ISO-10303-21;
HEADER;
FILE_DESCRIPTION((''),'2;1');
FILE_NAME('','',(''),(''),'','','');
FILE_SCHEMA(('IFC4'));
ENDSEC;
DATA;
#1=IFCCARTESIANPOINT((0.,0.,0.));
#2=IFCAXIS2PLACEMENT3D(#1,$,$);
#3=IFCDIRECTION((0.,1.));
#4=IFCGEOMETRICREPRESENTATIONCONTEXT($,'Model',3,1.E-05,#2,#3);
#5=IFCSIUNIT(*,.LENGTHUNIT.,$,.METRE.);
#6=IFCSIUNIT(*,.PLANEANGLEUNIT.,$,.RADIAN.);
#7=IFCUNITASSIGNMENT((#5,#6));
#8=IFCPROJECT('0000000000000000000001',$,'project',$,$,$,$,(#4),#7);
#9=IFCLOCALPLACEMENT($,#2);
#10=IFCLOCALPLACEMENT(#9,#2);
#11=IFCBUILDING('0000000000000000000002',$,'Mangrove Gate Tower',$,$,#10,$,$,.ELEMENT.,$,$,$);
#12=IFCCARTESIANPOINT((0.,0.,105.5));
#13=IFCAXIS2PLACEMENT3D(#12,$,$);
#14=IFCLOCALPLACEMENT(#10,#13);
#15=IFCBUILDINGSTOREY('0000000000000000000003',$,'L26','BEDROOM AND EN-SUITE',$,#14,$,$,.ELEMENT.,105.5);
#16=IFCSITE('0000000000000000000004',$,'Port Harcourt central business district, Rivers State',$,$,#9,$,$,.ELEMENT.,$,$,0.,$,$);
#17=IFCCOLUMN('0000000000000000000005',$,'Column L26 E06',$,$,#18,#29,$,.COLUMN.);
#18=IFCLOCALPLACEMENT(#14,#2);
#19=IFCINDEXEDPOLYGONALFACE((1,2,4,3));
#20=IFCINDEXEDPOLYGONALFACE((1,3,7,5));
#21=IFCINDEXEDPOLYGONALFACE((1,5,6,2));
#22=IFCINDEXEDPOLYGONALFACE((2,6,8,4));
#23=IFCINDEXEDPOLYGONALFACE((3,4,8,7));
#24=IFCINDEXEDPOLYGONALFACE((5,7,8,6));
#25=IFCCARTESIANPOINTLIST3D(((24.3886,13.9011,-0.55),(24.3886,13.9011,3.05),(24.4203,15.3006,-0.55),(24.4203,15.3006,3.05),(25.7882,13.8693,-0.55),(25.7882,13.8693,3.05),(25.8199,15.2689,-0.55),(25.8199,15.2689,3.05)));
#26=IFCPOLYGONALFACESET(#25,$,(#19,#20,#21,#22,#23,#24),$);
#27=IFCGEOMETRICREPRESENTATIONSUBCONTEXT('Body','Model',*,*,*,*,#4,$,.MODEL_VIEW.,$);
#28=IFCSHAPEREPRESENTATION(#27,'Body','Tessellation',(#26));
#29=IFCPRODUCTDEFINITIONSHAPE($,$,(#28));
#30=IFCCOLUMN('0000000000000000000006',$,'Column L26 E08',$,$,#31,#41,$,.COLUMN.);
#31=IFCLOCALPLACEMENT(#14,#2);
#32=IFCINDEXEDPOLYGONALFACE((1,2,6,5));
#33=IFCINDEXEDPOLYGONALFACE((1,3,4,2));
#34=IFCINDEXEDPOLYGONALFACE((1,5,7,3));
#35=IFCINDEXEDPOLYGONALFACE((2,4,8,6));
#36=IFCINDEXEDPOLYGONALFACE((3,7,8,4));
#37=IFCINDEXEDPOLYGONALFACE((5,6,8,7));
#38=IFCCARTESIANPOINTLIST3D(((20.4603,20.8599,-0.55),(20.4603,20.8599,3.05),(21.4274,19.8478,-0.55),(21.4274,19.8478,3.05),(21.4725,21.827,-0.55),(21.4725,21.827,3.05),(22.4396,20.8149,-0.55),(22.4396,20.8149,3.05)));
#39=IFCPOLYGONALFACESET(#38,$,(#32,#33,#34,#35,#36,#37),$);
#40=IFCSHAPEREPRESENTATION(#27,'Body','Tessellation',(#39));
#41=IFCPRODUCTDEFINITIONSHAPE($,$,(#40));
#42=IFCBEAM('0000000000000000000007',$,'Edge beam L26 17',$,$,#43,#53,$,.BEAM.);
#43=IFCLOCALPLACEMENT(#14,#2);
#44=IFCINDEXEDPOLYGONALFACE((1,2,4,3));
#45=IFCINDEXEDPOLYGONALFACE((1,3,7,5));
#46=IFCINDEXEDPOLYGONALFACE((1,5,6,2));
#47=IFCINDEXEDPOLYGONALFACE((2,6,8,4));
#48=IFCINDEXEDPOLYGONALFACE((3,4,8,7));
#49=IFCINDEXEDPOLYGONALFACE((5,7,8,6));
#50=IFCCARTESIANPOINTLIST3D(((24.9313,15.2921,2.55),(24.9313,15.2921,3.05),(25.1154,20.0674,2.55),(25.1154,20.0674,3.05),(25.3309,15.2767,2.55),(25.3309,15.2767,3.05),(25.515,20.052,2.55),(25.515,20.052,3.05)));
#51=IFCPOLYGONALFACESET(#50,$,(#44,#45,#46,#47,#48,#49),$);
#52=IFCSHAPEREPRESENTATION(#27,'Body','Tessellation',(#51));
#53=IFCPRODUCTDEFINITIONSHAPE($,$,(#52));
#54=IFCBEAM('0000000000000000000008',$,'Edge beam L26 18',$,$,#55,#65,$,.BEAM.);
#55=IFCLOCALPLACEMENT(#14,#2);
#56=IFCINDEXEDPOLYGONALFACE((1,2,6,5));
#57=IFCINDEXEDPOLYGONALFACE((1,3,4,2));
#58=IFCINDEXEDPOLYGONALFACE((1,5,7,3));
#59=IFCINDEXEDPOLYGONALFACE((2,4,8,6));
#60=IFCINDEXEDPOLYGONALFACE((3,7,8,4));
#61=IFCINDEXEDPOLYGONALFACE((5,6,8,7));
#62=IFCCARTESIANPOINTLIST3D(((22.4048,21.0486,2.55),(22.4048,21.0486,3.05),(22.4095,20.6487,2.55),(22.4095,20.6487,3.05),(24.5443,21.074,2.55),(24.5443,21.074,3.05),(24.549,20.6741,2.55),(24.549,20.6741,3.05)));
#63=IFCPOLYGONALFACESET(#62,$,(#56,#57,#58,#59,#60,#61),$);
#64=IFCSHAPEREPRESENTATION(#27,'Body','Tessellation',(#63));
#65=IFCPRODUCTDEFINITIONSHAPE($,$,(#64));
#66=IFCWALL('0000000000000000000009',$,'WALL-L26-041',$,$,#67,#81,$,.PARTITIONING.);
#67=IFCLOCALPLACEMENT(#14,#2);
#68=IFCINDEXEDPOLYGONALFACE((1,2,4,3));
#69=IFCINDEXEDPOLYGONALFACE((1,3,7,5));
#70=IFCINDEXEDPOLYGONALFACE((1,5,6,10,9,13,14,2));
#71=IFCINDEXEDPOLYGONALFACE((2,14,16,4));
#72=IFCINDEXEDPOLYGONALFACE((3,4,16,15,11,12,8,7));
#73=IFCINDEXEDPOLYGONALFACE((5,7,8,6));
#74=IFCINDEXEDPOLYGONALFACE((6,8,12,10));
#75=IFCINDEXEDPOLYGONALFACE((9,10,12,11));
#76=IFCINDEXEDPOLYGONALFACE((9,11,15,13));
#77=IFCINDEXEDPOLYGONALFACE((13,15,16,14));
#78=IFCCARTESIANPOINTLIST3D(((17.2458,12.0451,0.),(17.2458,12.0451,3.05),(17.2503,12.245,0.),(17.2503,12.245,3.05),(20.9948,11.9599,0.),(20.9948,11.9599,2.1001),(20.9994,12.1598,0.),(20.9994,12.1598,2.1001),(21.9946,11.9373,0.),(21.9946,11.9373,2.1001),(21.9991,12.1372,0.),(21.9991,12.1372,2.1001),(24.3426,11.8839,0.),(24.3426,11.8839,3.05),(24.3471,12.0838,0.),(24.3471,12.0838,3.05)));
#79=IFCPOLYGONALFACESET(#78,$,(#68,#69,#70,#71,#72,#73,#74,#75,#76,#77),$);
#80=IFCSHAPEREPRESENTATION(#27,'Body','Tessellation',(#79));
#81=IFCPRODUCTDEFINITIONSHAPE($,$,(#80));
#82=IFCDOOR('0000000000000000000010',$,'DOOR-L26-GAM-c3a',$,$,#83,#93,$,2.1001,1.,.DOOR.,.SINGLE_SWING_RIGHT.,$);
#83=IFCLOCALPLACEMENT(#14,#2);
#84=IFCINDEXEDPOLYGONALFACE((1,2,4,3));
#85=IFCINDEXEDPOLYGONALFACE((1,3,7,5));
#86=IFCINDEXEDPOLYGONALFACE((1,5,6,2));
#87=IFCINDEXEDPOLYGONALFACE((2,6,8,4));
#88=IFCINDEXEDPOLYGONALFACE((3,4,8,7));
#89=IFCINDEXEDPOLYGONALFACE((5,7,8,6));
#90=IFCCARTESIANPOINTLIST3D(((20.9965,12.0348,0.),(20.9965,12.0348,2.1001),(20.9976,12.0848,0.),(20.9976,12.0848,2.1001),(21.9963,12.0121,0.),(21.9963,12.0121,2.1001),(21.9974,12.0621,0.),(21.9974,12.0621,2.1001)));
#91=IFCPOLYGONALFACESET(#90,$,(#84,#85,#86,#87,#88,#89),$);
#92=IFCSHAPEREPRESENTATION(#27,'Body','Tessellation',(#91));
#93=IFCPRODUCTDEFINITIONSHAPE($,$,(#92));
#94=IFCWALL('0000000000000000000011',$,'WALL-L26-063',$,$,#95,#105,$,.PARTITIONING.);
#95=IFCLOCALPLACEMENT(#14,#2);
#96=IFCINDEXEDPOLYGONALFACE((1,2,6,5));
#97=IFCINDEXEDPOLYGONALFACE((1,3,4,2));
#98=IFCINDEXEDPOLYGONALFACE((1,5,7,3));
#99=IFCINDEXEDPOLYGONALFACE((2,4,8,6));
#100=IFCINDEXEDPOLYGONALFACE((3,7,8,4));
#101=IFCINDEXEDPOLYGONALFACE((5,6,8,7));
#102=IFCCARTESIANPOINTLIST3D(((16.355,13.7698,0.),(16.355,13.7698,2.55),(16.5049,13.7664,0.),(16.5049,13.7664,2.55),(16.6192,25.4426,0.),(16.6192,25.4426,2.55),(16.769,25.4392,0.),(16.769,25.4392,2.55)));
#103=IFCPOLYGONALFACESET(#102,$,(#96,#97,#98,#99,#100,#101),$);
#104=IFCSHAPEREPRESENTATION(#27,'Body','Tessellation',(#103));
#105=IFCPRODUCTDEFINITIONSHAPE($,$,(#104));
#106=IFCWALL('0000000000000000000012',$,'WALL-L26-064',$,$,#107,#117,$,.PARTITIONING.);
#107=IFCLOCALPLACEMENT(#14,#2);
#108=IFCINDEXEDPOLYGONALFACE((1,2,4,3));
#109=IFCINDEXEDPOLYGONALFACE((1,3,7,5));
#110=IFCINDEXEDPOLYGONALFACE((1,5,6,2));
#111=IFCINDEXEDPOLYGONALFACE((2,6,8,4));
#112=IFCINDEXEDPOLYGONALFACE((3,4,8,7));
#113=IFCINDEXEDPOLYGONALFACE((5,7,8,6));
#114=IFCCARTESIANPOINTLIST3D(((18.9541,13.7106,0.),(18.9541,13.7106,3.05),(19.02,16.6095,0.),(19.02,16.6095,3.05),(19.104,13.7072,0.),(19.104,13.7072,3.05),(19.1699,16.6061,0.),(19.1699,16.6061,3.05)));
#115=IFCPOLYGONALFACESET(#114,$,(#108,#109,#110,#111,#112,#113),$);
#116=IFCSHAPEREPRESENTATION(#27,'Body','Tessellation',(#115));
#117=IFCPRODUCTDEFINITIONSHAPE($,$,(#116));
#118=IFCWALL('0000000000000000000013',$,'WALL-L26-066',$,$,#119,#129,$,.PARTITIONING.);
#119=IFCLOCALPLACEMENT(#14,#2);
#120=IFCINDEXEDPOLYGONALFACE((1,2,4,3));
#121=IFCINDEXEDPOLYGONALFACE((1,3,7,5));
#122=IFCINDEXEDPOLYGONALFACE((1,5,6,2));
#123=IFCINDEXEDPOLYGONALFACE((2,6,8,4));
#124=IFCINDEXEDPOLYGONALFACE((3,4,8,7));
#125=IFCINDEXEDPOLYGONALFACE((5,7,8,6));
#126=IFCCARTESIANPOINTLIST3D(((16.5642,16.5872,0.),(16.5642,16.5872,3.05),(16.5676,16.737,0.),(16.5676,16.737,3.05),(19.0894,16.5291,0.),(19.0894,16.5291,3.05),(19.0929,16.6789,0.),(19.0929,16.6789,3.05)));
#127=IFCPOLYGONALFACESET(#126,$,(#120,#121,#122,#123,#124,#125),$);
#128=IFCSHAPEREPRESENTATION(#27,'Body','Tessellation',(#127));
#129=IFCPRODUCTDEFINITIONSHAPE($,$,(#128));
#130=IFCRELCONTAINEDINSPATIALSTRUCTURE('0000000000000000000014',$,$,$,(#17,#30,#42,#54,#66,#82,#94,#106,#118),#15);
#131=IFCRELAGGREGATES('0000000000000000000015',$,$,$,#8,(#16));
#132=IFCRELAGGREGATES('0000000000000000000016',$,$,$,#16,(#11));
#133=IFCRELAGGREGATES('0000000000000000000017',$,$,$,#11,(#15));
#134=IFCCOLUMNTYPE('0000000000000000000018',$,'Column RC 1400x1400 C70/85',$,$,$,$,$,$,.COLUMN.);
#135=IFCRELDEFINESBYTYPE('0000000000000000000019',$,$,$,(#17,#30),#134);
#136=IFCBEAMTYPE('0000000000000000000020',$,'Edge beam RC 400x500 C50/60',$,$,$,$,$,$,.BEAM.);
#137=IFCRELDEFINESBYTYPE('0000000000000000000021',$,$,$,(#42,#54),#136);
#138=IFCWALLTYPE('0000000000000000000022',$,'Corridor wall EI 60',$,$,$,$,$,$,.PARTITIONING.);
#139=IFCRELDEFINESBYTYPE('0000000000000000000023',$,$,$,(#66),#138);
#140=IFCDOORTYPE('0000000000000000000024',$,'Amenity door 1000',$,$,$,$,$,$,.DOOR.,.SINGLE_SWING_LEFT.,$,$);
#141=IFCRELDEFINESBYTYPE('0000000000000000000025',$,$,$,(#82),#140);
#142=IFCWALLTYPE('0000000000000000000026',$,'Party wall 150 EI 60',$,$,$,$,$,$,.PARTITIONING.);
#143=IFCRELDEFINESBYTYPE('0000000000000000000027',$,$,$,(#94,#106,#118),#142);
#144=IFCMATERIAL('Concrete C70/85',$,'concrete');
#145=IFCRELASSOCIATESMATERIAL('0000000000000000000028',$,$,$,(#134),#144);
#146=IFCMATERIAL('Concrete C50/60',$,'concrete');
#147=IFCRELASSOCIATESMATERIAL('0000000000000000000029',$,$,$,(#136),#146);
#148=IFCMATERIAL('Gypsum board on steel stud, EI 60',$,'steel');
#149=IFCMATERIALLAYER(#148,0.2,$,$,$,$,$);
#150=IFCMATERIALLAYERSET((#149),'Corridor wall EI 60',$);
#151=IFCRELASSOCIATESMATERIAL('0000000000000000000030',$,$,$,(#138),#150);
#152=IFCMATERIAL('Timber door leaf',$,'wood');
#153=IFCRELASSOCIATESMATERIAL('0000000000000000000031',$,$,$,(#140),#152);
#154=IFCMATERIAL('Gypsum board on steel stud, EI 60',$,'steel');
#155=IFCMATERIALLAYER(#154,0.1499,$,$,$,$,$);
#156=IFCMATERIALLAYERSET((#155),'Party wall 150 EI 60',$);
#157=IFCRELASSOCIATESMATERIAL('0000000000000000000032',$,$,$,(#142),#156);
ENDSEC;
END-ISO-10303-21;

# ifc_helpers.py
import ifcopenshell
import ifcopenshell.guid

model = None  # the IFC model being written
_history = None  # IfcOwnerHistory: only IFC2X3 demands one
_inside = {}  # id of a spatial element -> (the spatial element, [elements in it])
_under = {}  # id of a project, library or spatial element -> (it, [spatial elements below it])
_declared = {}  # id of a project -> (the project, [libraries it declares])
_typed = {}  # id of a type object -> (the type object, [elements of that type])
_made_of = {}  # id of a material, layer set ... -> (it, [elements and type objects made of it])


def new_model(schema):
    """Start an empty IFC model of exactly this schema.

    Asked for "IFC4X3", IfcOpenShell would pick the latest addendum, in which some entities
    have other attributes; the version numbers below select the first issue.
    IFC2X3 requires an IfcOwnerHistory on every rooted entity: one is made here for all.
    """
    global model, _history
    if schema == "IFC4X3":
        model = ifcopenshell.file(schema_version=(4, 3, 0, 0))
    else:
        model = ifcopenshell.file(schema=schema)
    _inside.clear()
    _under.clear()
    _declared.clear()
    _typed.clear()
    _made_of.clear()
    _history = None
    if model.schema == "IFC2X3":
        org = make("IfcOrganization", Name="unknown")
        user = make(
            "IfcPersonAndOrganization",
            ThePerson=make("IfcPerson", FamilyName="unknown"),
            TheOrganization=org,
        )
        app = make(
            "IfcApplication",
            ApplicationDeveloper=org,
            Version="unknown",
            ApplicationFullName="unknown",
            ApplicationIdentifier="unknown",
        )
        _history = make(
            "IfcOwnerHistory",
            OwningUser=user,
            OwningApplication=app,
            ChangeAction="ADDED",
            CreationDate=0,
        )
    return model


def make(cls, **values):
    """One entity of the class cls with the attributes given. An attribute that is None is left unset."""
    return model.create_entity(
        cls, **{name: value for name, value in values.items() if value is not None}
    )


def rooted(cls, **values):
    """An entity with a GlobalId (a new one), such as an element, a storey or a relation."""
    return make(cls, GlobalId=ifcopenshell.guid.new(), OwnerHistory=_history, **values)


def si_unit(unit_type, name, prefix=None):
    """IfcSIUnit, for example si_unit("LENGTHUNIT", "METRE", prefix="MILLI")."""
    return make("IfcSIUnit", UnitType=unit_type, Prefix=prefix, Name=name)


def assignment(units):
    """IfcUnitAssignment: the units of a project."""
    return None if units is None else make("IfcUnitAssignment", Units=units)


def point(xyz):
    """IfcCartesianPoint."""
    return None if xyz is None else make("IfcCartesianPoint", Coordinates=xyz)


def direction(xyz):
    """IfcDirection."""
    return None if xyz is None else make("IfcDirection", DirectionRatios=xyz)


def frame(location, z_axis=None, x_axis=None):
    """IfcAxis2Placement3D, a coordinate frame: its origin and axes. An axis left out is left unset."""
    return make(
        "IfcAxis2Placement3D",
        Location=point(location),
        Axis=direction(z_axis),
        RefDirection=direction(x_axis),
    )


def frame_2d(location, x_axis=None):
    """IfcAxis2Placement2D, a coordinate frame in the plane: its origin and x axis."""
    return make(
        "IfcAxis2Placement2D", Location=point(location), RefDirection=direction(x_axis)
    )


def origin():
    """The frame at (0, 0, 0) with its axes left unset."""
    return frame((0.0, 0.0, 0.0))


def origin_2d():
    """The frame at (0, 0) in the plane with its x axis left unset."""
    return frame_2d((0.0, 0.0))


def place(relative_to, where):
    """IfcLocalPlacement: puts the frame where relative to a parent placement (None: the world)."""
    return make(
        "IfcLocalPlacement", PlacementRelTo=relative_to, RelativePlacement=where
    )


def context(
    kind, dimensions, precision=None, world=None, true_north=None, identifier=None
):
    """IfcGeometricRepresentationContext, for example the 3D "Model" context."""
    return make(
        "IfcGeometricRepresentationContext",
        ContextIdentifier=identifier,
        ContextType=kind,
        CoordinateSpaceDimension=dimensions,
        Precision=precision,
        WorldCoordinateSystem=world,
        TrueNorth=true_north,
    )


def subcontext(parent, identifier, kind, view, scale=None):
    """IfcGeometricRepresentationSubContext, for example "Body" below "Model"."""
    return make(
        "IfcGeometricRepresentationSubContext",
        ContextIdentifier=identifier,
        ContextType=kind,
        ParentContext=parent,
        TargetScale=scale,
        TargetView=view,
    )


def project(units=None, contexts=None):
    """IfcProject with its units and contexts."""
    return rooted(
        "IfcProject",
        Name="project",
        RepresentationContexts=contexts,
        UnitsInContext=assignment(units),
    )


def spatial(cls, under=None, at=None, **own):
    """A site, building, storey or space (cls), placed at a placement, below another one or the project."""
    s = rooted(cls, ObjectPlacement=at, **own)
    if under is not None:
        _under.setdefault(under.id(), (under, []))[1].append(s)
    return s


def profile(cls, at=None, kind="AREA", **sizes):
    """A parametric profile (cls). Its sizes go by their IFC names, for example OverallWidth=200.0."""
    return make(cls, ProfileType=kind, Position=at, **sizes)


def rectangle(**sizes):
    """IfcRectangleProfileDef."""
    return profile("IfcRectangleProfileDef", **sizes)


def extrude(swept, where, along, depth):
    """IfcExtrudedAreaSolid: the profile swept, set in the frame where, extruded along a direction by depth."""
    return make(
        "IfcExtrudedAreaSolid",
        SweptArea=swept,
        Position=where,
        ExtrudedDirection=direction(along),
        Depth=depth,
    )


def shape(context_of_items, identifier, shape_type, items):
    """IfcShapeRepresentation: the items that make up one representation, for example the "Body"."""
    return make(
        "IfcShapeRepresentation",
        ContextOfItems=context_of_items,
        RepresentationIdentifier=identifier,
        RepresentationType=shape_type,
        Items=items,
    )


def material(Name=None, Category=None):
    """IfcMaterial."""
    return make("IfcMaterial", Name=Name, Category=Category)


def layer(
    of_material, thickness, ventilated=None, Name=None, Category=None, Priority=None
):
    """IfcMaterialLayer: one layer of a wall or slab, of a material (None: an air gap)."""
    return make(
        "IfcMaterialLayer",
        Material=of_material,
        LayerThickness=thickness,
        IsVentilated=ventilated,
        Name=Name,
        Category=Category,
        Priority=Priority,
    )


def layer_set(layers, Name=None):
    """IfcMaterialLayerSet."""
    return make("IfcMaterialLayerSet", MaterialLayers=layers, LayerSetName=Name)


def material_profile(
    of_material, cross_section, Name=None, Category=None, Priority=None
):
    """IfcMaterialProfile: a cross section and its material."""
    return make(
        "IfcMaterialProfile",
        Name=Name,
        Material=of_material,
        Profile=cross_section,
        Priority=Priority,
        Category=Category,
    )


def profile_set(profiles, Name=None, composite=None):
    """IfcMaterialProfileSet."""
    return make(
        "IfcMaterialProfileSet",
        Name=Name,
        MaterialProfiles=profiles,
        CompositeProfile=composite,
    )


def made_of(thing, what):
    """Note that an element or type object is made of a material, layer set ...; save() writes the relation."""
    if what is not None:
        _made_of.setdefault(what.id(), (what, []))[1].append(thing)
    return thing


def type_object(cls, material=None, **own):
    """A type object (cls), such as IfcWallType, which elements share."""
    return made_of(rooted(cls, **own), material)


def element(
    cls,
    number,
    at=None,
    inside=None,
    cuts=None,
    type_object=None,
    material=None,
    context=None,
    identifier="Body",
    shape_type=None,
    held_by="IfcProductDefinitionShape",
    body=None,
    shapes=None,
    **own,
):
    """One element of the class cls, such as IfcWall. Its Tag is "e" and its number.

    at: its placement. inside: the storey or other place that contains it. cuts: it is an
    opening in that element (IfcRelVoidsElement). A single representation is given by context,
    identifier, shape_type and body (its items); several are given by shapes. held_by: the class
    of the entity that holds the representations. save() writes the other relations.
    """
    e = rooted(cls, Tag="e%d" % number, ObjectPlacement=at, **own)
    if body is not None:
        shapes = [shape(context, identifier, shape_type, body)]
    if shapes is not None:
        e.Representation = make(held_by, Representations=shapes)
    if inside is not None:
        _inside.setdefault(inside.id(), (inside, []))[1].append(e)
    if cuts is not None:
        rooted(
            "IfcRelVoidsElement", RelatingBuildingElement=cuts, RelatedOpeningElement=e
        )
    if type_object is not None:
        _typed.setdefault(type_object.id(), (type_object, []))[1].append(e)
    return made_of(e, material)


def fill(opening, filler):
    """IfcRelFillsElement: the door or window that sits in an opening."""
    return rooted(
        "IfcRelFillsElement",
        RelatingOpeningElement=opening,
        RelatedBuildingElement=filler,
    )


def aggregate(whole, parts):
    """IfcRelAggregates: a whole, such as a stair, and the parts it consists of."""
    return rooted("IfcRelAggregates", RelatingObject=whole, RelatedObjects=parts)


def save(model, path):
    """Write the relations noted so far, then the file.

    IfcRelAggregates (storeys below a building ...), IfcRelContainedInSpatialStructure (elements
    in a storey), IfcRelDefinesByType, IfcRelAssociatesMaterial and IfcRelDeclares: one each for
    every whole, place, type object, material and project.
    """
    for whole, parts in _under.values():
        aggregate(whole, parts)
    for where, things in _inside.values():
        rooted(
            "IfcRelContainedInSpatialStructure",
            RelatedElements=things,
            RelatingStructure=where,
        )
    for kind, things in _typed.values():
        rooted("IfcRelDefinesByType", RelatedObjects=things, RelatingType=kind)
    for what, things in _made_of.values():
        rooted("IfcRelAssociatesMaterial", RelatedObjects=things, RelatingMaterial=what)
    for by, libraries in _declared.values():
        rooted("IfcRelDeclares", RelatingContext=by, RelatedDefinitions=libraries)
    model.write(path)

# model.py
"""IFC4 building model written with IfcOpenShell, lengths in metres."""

from ifc_helpers import new_model, si_unit, direction, frame, frame_2d, origin, origin_2d, place, context, subcontext, project, spatial, rectangle, extrude, material, layer, layer_set, material_profile, profile_set, type_object, element, fill, save


model = new_model("IFC4")

# Units and contexts
model_context = context("Model", 3, precision=1e-05, world=origin(), true_north=direction((0.0, 1.0)))
body_context = subcontext(model_context, "Body", "Model", "MODEL_VIEW")
ifc_project = project(units=[si_unit("LENGTHUNIT", "METRE"), si_unit("PLANEANGLEUNIT", "RADIAN")], contexts=[model_context])

# Site, building, storey
site_placement = place(None, origin())
site = spatial("IfcSite", under=ifc_project, at=site_placement, Name="Port Harcourt central business district, Rivers State", CompositionType="ELEMENT", RefElevation=0.0)
building_placement = place(site_placement, origin())
building = spatial("IfcBuilding", under=site, at=building_placement, Name="Mangrove Gate Tower", CompositionType="ELEMENT")
storey_placement = place(building_placement, frame((0.0, 0.0, 105.5)))
storey = spatial("IfcBuildingStorey", under=building, at=storey_placement, Name="L26", Description="BEDROOM AND EN-SUITE", CompositionType="ELEMENT", Elevation=105.5)

# Columns
ifc_material_1 = material(Name="Concrete C70/85", Category="concrete")
ifc_material_profile_1 = material_profile(ifc_material_1, rectangle(XDim=1.3999, YDim=1.3999, at=origin_2d()))
ifc_profile_set_1 = profile_set([ifc_material_profile_1], Name="Concrete C70/85")
column_type = type_object("IfcColumnType", Name="Column RC 1400x1400 C70/85", PredefinedType="COLUMN", material=ifc_profile_set_1)
for number, where, z_axis, x_axis, name in (
    (1, (25.1042, 14.585, -0.55), (0.0, 0.0, 1.0), (0.022665, 0.999743, 0.0), "Column L26 E06"),
    (2, (21.45, 20.8374, -0.55), (0.0, 0.0, 1.0), (-0.690837, 0.72301, 0.0), "Column L26 E08"),
):
    element("IfcColumn", number, at=place(storey_placement, frame(where, z_axis=z_axis, x_axis=x_axis)), inside=storey, type_object=column_type, Name=name, PredefinedType="COLUMN", context=body_context, shape_type="SweptSolid", body=[
        extrude(rectangle(XDim=1.3999, YDim=1.3999, at=origin_2d()), origin(), (0.0, 0.0, 1.0), 3.6001),
    ])

# Beams
ifc_material_2 = material(Name="Concrete C50/60", Category="concrete")
ifc_material_profile_2 = material_profile(ifc_material_2, rectangle(XDim=0.3999, YDim=0.5, at=origin_2d()))
ifc_profile_set_2 = profile_set([ifc_material_profile_2], Name="Concrete C50/60")
beam_type = type_object("IfcBeamType", Name="Edge beam RC 400x500 C50/60", PredefinedType="BEAM", material=ifc_profile_set_2)
beam_1_placement = place(storey_placement, frame((25.1311, 15.2844, 2.8), z_axis=(0.038521, 0.999258, 0.0), x_axis=(-0.999258, 0.038521, 0.0)))
element("IfcBeam", 3, at=beam_1_placement, inside=storey, type_object=beam_type, Name="Edge beam L26 17", PredefinedType="BEAM", context=body_context, shape_type="SweptSolid", body=[
    extrude(rectangle(XDim=0.3999, YDim=0.5, at=origin_2d()), origin(), (0.0, 0.0, 1.0), 4.7788),
])
beam_2_placement = place(storey_placement, frame((24.5466, 20.874, 2.8), z_axis=(-0.99993, -0.011867, 0.0), x_axis=(0.011867, -0.99993, 0.0)))
element("IfcBeam", 4, at=beam_2_placement, inside=storey, type_object=beam_type, Name="Edge beam L26 18", PredefinedType="BEAM", context=body_context, shape_type="SweptSolid", body=[
    extrude(rectangle(XDim=0.3999, YDim=0.5, at=origin_2d()), origin(), (0.0, 0.0, 1.0), 2.1396),
])

# Wall, opening, door
ifc_material_3 = material(Name="Gypsum board on steel stud, EI 60", Category="steel")
ifc_layer_1 = layer(ifc_material_3, 0.2)
ifc_layer_set_1 = layer_set([ifc_layer_1], Name="Corridor wall EI 60")
wall_type_1 = type_object("IfcWallType", Name="Corridor wall EI 60", PredefinedType="PARTITIONING", material=ifc_layer_set_1)
wall_1_placement = place(storey_placement, frame((17.248, 12.145, 0.0), z_axis=(0.0, 0.0, 1.0), x_axis=(0.999742, -0.022699, 0.0)))
wall_1 = element("IfcWall", 5, at=wall_1_placement, inside=storey, type_object=wall_type_1, Name="WALL-L26-041", PredefinedType="PARTITIONING", context=body_context, shape_type="SweptSolid", body=[
    extrude(rectangle(XDim=7.0986, YDim=0.2, at=frame_2d((3.5493, 0.0))), origin(), (0.0, 0.0, 1.0), 3.05),
])
opening_placement = place(wall_1_placement, frame((3.75, 0.0, 0.0)))
opening = element("IfcOpeningElement", 6, at=opening_placement, cuts=wall_1, PredefinedType="OPENING", context=body_context, shape_type="SweptSolid", body=[
    extrude(rectangle(XDim=1.0, YDim=2.1001, at=frame_2d((0.5, 1.05))), frame((0.0, 0.1099, 0.0), z_axis=(0.0, -1.0, 0.0), x_axis=(1.0, 0.0, 0.0)), (0.0, 0.0, 1.0), 0.22),
])
ifc_material_4 = material(Name="Timber door leaf", Category="wood")
door_type = type_object("IfcDoorType", Name="Amenity door 1000", OperationType="SINGLE_SWING_LEFT", PredefinedType="DOOR", material=ifc_material_4)
door_placement = place(opening_placement, origin())
door = element("IfcDoor", 7, at=door_placement, inside=storey, type_object=door_type, Name="DOOR-L26-GAM-c3a", OperationType="SINGLE_SWING_RIGHT", OverallHeight=2.1001, OverallWidth=1.0, PredefinedType="DOOR", context=body_context, shape_type="SweptSolid", body=[
    extrude(rectangle(XDim=1.0, YDim=2.1001, at=frame_2d((0.5, 1.05))), frame((0.0, 0.0249, 0.0), z_axis=(0.0, -1.0, 0.0), x_axis=(1.0, 0.0, 0.0)), (0.0, 0.0, 1.0), 0.05),
])
fill(opening, door)

# Walls
ifc_material_5 = material(Name="Gypsum board on steel stud, EI 60", Category="steel")
ifc_layer_2 = layer(ifc_material_5, 0.1499)
ifc_layer_set_2 = layer_set([ifc_layer_2], Name="Party wall 150 EI 60")
wall_type_2 = type_object("IfcWallType", Name="Party wall 150 EI 60", PredefinedType="PARTITIONING", material=ifc_layer_set_2)
wall_2_placement = place(storey_placement, frame((16.4299, 13.7681, 0.0), z_axis=(0.0, 0.0, 1.0), x_axis=(0.022625, 0.999744, 0.0)))
element("IfcWall", 8, at=wall_2_placement, inside=storey, type_object=wall_type_2, Name="WALL-L26-063", PredefinedType="PARTITIONING", context=body_context, shape_type="SweptSolid", body=[
    extrude(rectangle(XDim=11.6758, YDim=0.1499, at=frame_2d((5.8379, 0.0))), origin(), (0.0, 0.0, 1.0), 2.55),
])
wall_3_placement = place(storey_placement, frame((19.0291, 13.709, 0.0), z_axis=(0.0, 0.0, 1.0), x_axis=(0.022733, 0.999742, 0.0)))
element("IfcWall", 9, at=wall_3_placement, inside=storey, type_object=wall_type_2, Name="WALL-L26-064", PredefinedType="PARTITIONING", context=body_context, shape_type="SweptSolid", body=[
    extrude(rectangle(XDim=2.8997, YDim=0.1499, at=frame_2d((1.4497, 0.0))), origin(), (0.0, 0.0, 1.0), 3.05),
])
wall_4_placement = place(storey_placement, frame((16.5659, 16.6621, 0.0), z_axis=(0.0, 0.0, 1.0), x_axis=(0.999735, -0.023005, 0.0)))
element("IfcWall", 10, at=wall_4_placement, inside=storey, type_object=wall_type_2, Name="WALL-L26-066", PredefinedType="PARTITIONING", context=body_context, shape_type="SweptSolid", body=[
    extrude(rectangle(XDim=2.5259, YDim=0.1499, at=frame_2d((1.2629, 0.0))), origin(), (0.0, 0.0, 1.0), 3.05),
])

save(model, "model.ifc")
